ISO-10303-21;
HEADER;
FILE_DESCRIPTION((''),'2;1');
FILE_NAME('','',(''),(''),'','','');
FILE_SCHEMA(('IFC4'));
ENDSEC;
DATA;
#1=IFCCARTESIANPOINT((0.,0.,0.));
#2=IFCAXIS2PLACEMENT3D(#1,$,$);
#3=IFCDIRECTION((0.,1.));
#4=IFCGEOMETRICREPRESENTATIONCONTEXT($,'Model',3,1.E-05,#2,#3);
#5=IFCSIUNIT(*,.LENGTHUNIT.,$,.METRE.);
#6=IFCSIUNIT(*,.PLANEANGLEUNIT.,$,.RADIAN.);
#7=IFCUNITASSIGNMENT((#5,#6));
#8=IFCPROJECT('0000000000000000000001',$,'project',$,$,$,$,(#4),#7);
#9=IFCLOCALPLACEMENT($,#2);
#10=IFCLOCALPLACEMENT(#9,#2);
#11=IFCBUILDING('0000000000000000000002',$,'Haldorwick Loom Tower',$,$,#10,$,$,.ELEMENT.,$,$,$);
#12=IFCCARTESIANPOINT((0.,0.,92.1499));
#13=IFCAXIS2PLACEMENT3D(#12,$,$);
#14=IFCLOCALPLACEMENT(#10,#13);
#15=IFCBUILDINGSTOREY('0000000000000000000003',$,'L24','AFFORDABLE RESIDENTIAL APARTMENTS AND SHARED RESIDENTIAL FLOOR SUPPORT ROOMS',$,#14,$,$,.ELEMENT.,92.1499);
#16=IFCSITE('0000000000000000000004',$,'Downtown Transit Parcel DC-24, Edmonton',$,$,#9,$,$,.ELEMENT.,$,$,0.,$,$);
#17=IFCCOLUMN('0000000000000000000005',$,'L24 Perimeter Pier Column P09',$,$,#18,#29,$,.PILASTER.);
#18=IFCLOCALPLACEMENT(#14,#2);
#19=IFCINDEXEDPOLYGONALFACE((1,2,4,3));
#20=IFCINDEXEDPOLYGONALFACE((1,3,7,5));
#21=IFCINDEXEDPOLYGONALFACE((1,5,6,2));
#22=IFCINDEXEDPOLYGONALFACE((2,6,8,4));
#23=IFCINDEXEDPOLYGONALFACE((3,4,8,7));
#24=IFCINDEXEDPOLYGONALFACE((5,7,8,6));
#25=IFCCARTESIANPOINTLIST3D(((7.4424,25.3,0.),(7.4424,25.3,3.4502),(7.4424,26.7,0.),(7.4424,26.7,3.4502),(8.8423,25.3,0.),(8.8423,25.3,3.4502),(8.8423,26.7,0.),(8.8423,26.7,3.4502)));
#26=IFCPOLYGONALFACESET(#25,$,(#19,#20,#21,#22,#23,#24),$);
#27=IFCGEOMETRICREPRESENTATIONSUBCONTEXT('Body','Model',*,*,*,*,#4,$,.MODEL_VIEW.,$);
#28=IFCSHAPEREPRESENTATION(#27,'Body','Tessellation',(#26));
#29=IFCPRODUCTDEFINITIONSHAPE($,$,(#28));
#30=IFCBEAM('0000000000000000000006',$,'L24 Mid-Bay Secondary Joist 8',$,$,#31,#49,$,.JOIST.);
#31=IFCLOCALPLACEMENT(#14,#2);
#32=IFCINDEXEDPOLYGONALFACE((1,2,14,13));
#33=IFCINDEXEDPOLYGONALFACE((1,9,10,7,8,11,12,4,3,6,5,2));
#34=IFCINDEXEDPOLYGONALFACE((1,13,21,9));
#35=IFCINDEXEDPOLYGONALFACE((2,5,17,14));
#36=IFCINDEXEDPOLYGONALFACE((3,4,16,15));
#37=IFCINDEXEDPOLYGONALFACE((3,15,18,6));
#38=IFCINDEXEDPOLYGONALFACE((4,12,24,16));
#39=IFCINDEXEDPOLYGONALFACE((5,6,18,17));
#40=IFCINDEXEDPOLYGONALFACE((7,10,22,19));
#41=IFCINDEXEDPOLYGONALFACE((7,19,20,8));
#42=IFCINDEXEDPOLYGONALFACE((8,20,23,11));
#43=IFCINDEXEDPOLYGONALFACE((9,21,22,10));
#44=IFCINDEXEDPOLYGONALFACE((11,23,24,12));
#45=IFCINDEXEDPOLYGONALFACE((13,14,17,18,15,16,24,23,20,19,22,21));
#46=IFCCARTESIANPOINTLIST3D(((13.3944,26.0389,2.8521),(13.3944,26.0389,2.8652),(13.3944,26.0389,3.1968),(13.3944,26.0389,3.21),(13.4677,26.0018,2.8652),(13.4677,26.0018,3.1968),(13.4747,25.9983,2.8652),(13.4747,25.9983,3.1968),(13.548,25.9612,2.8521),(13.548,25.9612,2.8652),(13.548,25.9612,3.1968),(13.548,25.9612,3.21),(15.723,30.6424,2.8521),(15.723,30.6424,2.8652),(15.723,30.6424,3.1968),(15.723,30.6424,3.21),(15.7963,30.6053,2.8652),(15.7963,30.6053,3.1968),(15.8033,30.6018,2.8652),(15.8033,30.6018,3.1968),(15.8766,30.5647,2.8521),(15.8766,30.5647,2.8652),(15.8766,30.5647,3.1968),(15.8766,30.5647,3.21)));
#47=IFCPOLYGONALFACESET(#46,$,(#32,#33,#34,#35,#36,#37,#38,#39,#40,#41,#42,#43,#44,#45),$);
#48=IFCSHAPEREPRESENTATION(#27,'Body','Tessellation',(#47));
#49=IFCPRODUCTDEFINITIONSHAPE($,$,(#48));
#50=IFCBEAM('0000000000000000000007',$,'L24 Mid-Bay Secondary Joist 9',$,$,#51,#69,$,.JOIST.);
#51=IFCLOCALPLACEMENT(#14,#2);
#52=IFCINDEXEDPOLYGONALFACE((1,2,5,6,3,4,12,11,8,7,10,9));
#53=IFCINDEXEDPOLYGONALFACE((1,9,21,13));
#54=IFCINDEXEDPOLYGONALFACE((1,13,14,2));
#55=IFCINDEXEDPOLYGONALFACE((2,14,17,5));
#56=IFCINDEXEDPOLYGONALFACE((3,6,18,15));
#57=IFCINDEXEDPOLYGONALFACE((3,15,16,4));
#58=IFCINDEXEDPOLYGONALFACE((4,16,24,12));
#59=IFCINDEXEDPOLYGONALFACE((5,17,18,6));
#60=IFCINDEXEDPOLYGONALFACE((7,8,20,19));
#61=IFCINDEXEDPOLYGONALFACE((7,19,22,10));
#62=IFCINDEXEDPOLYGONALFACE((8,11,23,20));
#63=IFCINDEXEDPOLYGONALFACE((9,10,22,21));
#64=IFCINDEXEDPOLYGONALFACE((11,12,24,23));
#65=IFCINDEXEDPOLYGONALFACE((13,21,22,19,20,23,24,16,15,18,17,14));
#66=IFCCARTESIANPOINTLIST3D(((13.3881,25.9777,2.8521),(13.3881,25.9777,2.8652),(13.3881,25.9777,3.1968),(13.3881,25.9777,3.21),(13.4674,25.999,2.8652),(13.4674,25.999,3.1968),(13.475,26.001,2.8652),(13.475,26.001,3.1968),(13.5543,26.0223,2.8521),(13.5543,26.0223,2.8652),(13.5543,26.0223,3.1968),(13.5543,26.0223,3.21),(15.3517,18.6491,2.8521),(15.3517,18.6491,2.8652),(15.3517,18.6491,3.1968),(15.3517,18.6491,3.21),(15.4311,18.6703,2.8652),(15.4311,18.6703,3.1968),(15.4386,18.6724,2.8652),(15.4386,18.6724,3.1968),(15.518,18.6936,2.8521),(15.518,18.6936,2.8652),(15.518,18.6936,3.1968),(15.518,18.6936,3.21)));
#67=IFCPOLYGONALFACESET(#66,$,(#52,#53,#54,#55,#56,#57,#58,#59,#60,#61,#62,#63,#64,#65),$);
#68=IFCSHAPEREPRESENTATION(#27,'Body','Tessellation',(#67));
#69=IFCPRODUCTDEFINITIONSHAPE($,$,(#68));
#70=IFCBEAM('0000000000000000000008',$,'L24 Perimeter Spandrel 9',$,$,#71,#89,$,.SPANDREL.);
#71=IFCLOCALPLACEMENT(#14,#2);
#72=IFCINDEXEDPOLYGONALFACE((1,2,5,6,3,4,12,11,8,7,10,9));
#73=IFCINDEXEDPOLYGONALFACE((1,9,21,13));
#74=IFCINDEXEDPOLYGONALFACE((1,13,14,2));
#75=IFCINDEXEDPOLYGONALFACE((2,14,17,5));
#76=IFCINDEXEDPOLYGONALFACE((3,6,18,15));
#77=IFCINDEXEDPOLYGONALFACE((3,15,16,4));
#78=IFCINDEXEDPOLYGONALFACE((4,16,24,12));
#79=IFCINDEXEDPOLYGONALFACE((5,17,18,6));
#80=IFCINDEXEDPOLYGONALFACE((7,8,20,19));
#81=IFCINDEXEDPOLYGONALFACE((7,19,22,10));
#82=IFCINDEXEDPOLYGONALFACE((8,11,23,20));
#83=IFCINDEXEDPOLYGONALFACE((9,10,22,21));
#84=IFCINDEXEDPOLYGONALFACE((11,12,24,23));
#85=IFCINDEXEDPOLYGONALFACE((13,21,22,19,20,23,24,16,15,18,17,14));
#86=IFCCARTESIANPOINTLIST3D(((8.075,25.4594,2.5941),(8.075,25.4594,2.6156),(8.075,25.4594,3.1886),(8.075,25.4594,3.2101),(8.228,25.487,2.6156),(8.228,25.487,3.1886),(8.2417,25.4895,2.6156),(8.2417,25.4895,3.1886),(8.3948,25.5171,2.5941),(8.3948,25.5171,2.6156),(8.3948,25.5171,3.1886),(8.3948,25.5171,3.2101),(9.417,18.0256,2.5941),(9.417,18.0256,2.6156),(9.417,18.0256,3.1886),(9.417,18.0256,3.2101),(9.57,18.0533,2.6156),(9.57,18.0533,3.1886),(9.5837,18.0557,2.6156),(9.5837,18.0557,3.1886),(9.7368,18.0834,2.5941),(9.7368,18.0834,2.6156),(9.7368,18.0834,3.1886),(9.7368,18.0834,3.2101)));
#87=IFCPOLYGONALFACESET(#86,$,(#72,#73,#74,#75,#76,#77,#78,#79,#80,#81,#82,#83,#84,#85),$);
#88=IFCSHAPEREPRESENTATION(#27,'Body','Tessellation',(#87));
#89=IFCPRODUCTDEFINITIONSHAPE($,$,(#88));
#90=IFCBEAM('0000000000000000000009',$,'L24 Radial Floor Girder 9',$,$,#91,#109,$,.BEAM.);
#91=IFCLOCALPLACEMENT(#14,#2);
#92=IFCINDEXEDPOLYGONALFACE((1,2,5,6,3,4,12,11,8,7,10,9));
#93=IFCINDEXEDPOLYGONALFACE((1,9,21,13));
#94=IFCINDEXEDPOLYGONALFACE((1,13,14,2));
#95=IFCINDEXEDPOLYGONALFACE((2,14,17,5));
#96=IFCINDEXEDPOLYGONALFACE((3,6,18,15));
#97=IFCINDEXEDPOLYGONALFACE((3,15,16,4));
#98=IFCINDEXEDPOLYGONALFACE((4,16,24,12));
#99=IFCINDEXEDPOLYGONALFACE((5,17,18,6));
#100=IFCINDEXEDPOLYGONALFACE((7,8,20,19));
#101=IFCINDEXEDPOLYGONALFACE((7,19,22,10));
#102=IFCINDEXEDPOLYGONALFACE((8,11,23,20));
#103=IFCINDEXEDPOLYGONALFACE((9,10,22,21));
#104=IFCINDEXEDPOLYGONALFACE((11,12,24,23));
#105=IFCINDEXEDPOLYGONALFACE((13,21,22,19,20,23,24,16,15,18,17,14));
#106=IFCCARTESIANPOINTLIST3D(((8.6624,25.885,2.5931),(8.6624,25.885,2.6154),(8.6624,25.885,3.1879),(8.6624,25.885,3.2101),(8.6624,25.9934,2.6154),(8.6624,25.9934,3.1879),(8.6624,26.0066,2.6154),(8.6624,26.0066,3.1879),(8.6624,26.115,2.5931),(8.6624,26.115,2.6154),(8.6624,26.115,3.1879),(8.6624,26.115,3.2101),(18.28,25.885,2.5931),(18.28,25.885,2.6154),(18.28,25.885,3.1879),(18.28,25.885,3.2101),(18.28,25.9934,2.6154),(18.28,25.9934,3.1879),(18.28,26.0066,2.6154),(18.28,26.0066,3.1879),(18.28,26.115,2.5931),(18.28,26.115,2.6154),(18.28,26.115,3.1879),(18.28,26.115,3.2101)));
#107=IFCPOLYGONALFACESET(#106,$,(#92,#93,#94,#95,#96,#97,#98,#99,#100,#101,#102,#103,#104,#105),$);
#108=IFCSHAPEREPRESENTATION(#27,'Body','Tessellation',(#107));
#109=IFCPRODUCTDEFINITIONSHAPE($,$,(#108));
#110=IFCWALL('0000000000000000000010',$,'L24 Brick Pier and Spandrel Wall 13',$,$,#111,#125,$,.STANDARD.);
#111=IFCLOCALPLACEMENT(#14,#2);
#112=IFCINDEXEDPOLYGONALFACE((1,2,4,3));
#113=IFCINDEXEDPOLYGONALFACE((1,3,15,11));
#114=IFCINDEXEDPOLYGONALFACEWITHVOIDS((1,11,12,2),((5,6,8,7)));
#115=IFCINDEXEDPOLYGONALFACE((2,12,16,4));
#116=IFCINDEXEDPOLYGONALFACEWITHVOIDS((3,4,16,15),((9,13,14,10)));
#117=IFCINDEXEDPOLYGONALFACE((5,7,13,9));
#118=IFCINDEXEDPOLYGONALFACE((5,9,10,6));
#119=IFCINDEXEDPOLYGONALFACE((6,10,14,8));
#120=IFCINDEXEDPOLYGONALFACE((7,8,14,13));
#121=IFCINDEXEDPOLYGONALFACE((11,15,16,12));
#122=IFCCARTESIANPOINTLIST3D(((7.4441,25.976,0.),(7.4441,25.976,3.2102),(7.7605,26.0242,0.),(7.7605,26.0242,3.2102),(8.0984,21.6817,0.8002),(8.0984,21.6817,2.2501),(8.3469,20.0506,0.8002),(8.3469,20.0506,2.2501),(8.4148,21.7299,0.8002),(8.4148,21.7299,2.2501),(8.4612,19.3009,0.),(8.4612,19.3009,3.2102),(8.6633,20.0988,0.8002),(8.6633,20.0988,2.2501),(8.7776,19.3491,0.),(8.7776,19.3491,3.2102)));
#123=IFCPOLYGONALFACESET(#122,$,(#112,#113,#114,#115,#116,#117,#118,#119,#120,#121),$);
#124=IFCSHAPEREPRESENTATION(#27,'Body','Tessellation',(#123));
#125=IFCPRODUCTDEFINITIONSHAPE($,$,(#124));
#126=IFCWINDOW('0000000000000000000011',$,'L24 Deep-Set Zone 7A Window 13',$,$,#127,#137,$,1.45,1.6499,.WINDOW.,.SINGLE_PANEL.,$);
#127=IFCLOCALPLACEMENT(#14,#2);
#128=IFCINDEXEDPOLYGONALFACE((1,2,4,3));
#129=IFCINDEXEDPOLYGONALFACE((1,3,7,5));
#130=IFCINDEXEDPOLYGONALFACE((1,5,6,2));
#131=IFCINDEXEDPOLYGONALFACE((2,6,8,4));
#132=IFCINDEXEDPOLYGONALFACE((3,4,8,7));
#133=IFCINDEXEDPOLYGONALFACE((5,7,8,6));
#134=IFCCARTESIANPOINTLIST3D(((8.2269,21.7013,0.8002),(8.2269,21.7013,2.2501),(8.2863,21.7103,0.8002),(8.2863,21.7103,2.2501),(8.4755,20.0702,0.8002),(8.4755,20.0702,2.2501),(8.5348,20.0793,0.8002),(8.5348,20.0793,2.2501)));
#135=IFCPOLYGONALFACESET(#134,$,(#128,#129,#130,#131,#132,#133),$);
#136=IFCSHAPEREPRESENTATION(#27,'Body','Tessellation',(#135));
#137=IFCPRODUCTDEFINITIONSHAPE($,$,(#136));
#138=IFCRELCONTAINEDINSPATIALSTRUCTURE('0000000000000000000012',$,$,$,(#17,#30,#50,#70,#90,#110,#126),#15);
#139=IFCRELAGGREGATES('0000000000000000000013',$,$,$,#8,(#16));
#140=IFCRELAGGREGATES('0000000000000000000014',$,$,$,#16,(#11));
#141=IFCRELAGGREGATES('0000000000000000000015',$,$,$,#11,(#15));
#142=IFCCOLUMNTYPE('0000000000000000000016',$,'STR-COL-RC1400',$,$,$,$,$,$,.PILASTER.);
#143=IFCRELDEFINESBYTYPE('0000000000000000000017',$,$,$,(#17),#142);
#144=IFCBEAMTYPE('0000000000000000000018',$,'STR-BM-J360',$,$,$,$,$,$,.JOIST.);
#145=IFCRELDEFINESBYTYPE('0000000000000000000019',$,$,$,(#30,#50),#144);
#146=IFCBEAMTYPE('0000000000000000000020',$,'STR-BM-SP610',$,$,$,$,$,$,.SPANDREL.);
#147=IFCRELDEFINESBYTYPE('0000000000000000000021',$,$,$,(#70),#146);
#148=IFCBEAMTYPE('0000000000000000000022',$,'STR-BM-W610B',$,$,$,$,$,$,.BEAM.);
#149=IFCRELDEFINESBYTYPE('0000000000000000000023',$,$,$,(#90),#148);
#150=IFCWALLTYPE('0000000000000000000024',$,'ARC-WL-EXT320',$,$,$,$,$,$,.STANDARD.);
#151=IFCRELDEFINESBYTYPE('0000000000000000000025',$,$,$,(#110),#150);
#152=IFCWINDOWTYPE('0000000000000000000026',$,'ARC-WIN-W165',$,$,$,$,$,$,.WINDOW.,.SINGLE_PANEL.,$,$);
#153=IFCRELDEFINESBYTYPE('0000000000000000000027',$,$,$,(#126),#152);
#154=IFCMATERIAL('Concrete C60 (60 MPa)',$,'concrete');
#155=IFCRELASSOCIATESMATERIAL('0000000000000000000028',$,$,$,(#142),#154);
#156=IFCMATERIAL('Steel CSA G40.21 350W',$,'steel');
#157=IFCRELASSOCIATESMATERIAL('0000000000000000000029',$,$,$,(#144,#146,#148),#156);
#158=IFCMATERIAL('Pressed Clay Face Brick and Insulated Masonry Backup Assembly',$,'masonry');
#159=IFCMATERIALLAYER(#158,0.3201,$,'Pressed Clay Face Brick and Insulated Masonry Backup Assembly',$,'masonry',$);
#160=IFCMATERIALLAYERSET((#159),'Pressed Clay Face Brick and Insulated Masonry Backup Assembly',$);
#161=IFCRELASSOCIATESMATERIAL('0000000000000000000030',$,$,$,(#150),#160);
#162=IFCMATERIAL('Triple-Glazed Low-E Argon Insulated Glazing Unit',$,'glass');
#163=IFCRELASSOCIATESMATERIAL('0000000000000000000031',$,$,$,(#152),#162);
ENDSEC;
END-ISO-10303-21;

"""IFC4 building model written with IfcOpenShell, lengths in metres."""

from ifc_helpers import new_model, si_unit, direction, frame, frame_2d, origin, origin_2d, place, context, subcontext, project, spatial, rectangle, i_section, extrude, material, layer, layer_set, material_profile, profile_set, type_object, element, fill, save


model = new_model("IFC4")

# Units and contexts
model_context = context("Model", 3, precision=1e-05, world=origin(), true_north=direction((0.0, 1.0)))
body_context = subcontext(model_context, "Body", "Model", "MODEL_VIEW")
ifc_project = project(units=[si_unit("LENGTHUNIT", "METRE"), si_unit("PLANEANGLEUNIT", "RADIAN")], contexts=[model_context])

# Site, building, storey
site_placement = place(None, origin())
site = spatial("IfcSite", under=ifc_project, at=site_placement, Name="Downtown Transit Parcel DC-24, Edmonton", CompositionType="ELEMENT", RefElevation=0.0)
building_placement = place(site_placement, origin())
building = spatial("IfcBuilding", under=site, at=building_placement, Name="Haldorwick Loom Tower", CompositionType="ELEMENT")
storey_placement = place(building_placement, frame((0.0, 0.0, 92.1499)))
storey = spatial("IfcBuildingStorey", under=building, at=storey_placement, Name="L24", Description="AFFORDABLE RESIDENTIAL APARTMENTS AND SHARED RESIDENTIAL FLOOR SUPPORT ROOMS", CompositionType="ELEMENT", Elevation=92.1499)

# Column
ifc_material_1 = material(Name="Concrete C60 (60 MPa)", Category="concrete")
ifc_material_profile_1 = material_profile(ifc_material_1, rectangle(XDim=1.3999, YDim=1.3999, at=origin_2d()), Name="RC1400X1400", Category="concrete")
ifc_profile_set_1 = profile_set([ifc_material_profile_1], Name="Concrete C60 (60 MPa)")
column_type = type_object("IfcColumnType", Name="STR-COL-RC1400", PredefinedType="PILASTER", material=ifc_profile_set_1)
column_placement = place(storey_placement, frame((8.1423, 26.0, 0.0), z_axis=(0.0, 0.0, 1.0), x_axis=(-1.0, 0.0, 0.0)))
element("IfcColumn", 1, at=column_placement, inside=storey, type_object=column_type, Name="L24 Perimeter Pier Column P09", PredefinedType="PILASTER", context=body_context, shape_type="SweptSolid", body=[
    extrude(rectangle(XDim=1.3999, YDim=1.3999, at=origin_2d()), origin(), (0.0, 0.0, 1.0), 3.4502),
])

# Beams
ifc_material_2 = material(Name="Steel CSA G40.21 350W", Category="steel")
ifc_material_profile_2 = material_profile(ifc_material_2, i_section(OverallWidth=0.1721, OverallDepth=0.3579, WebThickness=0.0078, FlangeThickness=0.0132, at=origin_2d()), Name="W360X57", Category="steel")
ifc_profile_set_2 = profile_set([ifc_material_profile_2], Name="Steel CSA G40.21 350W")
beam_type_1 = type_object("IfcBeamType", Name="STR-BM-J360", PredefinedType="JOIST", material=ifc_profile_set_2)
beam_1_placement = place(storey_placement, frame((15.7998, 30.6035, 3.031), z_axis=(-0.451373, -0.892335, 0.0), x_axis=(0.892335, -0.451373, 0.0)))
element("IfcBeam", 2, at=beam_1_placement, inside=storey, type_object=beam_type_1, Name="L24 Mid-Bay Secondary Joist 8", PredefinedType="JOIST", context=body_context, shape_type="SweptSolid", body=[
    extrude(i_section(OverallWidth=0.1721, OverallDepth=0.3579, WebThickness=0.0078, FlangeThickness=0.0132, at=origin_2d()), origin(), (0.0, 0.0, 1.0), 5.1589),
])
beam_2_placement = place(storey_placement, frame((13.4712, 26.0, 3.031), z_axis=(0.25881, -0.965928, 0.0), x_axis=(0.965928, 0.25881, 0.0)))
element("IfcBeam", 3, at=beam_2_placement, inside=storey, type_object=beam_type_1, Name="L24 Mid-Bay Secondary Joist 9", PredefinedType="JOIST", context=body_context, shape_type="SweptSolid", body=[
    extrude(i_section(OverallWidth=0.1721, OverallDepth=0.3579, WebThickness=0.0078, FlangeThickness=0.0132, at=origin_2d()), origin(), (0.0, 0.0, 1.0), 7.5872),
])
ifc_material_profile_3 = material_profile(ifc_material_2, i_section(OverallWidth=0.325, OverallDepth=0.616, WebThickness=0.0139, FlangeThickness=0.0215, at=origin_2d()), Name="W610X174", Category="steel")
ifc_profile_set_3 = profile_set([ifc_material_profile_3], Name="Steel CSA G40.21 350W")
beam_type_2 = type_object("IfcBeamType", Name="STR-BM-SP610", PredefinedType="SPANDREL", material=ifc_profile_set_3)
beam_3_placement = place(storey_placement, frame((8.2349, 25.4883, 2.9021), z_axis=(0.177659, -0.984092, 0.0), x_axis=(0.984092, 0.177659, 0.0)))
element("IfcBeam", 4, at=beam_3_placement, inside=storey, type_object=beam_type_2, Name="L24 Perimeter Spandrel 9", PredefinedType="SPANDREL", context=body_context, shape_type="SweptSolid", body=[
    extrude(i_section(OverallWidth=0.325, OverallDepth=0.616, WebThickness=0.0139, FlangeThickness=0.0215, at=origin_2d()), origin(), (0.0, 0.0, 1.0), 7.554),
])
ifc_material_profile_4 = material_profile(ifc_material_2, i_section(OverallWidth=0.23, OverallDepth=0.6169, WebThickness=0.0132, FlangeThickness=0.0222, at=origin_2d()), Name="W610X140", Category="steel")
ifc_profile_set_4 = profile_set([ifc_material_profile_4], Name="Steel CSA G40.21 350W")
beam_type_3 = type_object("IfcBeamType", Name="STR-BM-W610B", PredefinedType="BEAM", material=ifc_profile_set_4)
beam_4_placement = place(storey_placement, frame((18.28, 26.0, 2.9016), z_axis=(-1.0, 0.0, 0.0), x_axis=(0.0, -1.0, 0.0)))
element("IfcBeam", 5, at=beam_4_placement, inside=storey, type_object=beam_type_3, Name="L24 Radial Floor Girder 9", PredefinedType="BEAM", context=body_context, shape_type="SweptSolid", body=[
    extrude(i_section(OverallWidth=0.23, OverallDepth=0.6169, WebThickness=0.0132, FlangeThickness=0.0222, at=origin_2d()), origin(), (0.0, 0.0, 1.0), 9.6177),
])

# Wall, opening, window
ifc_material_3 = material(Name="Pressed Clay Face Brick and Insulated Masonry Backup Assembly", Category="masonry")
ifc_layer_1 = layer(ifc_material_3, 0.3201, Name="Pressed Clay Face Brick and Insulated Masonry Backup Assembly", Category="masonry")
ifc_layer_set_1 = layer_set([ifc_layer_1], Name="Pressed Clay Face Brick and Insulated Masonry Backup Assembly")
wall_type_1 = type_object("IfcWallType", Name="ARC-WL-EXT320", PredefinedType="STANDARD", material=ifc_layer_set_1)
wall_1_placement = place(storey_placement, frame((7.6023, 26.0, 0.0), z_axis=(0.0, 0.0, 1.0), x_axis=(0.150633, -0.98859, 0.0)))
wall_1 = element("IfcWall", 6, at=wall_1_placement, inside=storey, type_object=wall_type_1, Name="L24 Brick Pier and Spandrel Wall 13", PredefinedType="STANDARD", context=body_context, shape_type="SweptSolid", body=[
    extrude(rectangle(XDim=6.7522, YDim=0.3201, at=frame_2d((3.376, 0.0))), origin(), (0.0, 0.0, 1.0), 3.2102),
])
opening_1_placement = place(wall_1_placement, frame((4.3438, 0.0, 0.8)))
opening_1 = element("IfcOpeningElement", 7, at=opening_1_placement, cuts=wall_1, PredefinedType="OPENING", context=body_context, shape_type="SweptSolid", body=[
    extrude(rectangle(XDim=1.6499, YDim=1.45, at=frame_2d((0.825, 0.7251))), frame((0.0, 0.1699, 0.0), z_axis=(0.0, -1.0, 0.0), x_axis=(1.0, 0.0, 0.0)), (0.0, 0.0, 1.0), 0.3401),
])
ifc_material_4 = material(Name="Triple-Glazed Low-E Argon Insulated Glazing Unit", Category="glass")
window_type = type_object("IfcWindowType", Name="ARC-WIN-W165", PartitioningType="SINGLE_PANEL", PredefinedType="WINDOW", material=ifc_material_4)
window_placement = place(opening_1_placement, origin())
window = element("IfcWindow", 8, at=window_placement, inside=storey, type_object=window_type, Name="L24 Deep-Set Zone 7A Window 13", OverallHeight=1.45, OverallWidth=1.6499, PartitioningType="SINGLE_PANEL", PredefinedType="WINDOW", context=body_context, shape_type="SweptSolid", body=[
    extrude(rectangle(XDim=1.6499, YDim=1.45, at=frame_2d((0.825, 0.7251))), frame((0.0, 0.03, 0.0), z_axis=(0.0, -1.0, 0.0), x_axis=(1.0, 0.0, 0.0)), (0.0, 0.0, 1.0), 0.0601),
])
fill(opening_1, window)

save(model, "model.ifc")
